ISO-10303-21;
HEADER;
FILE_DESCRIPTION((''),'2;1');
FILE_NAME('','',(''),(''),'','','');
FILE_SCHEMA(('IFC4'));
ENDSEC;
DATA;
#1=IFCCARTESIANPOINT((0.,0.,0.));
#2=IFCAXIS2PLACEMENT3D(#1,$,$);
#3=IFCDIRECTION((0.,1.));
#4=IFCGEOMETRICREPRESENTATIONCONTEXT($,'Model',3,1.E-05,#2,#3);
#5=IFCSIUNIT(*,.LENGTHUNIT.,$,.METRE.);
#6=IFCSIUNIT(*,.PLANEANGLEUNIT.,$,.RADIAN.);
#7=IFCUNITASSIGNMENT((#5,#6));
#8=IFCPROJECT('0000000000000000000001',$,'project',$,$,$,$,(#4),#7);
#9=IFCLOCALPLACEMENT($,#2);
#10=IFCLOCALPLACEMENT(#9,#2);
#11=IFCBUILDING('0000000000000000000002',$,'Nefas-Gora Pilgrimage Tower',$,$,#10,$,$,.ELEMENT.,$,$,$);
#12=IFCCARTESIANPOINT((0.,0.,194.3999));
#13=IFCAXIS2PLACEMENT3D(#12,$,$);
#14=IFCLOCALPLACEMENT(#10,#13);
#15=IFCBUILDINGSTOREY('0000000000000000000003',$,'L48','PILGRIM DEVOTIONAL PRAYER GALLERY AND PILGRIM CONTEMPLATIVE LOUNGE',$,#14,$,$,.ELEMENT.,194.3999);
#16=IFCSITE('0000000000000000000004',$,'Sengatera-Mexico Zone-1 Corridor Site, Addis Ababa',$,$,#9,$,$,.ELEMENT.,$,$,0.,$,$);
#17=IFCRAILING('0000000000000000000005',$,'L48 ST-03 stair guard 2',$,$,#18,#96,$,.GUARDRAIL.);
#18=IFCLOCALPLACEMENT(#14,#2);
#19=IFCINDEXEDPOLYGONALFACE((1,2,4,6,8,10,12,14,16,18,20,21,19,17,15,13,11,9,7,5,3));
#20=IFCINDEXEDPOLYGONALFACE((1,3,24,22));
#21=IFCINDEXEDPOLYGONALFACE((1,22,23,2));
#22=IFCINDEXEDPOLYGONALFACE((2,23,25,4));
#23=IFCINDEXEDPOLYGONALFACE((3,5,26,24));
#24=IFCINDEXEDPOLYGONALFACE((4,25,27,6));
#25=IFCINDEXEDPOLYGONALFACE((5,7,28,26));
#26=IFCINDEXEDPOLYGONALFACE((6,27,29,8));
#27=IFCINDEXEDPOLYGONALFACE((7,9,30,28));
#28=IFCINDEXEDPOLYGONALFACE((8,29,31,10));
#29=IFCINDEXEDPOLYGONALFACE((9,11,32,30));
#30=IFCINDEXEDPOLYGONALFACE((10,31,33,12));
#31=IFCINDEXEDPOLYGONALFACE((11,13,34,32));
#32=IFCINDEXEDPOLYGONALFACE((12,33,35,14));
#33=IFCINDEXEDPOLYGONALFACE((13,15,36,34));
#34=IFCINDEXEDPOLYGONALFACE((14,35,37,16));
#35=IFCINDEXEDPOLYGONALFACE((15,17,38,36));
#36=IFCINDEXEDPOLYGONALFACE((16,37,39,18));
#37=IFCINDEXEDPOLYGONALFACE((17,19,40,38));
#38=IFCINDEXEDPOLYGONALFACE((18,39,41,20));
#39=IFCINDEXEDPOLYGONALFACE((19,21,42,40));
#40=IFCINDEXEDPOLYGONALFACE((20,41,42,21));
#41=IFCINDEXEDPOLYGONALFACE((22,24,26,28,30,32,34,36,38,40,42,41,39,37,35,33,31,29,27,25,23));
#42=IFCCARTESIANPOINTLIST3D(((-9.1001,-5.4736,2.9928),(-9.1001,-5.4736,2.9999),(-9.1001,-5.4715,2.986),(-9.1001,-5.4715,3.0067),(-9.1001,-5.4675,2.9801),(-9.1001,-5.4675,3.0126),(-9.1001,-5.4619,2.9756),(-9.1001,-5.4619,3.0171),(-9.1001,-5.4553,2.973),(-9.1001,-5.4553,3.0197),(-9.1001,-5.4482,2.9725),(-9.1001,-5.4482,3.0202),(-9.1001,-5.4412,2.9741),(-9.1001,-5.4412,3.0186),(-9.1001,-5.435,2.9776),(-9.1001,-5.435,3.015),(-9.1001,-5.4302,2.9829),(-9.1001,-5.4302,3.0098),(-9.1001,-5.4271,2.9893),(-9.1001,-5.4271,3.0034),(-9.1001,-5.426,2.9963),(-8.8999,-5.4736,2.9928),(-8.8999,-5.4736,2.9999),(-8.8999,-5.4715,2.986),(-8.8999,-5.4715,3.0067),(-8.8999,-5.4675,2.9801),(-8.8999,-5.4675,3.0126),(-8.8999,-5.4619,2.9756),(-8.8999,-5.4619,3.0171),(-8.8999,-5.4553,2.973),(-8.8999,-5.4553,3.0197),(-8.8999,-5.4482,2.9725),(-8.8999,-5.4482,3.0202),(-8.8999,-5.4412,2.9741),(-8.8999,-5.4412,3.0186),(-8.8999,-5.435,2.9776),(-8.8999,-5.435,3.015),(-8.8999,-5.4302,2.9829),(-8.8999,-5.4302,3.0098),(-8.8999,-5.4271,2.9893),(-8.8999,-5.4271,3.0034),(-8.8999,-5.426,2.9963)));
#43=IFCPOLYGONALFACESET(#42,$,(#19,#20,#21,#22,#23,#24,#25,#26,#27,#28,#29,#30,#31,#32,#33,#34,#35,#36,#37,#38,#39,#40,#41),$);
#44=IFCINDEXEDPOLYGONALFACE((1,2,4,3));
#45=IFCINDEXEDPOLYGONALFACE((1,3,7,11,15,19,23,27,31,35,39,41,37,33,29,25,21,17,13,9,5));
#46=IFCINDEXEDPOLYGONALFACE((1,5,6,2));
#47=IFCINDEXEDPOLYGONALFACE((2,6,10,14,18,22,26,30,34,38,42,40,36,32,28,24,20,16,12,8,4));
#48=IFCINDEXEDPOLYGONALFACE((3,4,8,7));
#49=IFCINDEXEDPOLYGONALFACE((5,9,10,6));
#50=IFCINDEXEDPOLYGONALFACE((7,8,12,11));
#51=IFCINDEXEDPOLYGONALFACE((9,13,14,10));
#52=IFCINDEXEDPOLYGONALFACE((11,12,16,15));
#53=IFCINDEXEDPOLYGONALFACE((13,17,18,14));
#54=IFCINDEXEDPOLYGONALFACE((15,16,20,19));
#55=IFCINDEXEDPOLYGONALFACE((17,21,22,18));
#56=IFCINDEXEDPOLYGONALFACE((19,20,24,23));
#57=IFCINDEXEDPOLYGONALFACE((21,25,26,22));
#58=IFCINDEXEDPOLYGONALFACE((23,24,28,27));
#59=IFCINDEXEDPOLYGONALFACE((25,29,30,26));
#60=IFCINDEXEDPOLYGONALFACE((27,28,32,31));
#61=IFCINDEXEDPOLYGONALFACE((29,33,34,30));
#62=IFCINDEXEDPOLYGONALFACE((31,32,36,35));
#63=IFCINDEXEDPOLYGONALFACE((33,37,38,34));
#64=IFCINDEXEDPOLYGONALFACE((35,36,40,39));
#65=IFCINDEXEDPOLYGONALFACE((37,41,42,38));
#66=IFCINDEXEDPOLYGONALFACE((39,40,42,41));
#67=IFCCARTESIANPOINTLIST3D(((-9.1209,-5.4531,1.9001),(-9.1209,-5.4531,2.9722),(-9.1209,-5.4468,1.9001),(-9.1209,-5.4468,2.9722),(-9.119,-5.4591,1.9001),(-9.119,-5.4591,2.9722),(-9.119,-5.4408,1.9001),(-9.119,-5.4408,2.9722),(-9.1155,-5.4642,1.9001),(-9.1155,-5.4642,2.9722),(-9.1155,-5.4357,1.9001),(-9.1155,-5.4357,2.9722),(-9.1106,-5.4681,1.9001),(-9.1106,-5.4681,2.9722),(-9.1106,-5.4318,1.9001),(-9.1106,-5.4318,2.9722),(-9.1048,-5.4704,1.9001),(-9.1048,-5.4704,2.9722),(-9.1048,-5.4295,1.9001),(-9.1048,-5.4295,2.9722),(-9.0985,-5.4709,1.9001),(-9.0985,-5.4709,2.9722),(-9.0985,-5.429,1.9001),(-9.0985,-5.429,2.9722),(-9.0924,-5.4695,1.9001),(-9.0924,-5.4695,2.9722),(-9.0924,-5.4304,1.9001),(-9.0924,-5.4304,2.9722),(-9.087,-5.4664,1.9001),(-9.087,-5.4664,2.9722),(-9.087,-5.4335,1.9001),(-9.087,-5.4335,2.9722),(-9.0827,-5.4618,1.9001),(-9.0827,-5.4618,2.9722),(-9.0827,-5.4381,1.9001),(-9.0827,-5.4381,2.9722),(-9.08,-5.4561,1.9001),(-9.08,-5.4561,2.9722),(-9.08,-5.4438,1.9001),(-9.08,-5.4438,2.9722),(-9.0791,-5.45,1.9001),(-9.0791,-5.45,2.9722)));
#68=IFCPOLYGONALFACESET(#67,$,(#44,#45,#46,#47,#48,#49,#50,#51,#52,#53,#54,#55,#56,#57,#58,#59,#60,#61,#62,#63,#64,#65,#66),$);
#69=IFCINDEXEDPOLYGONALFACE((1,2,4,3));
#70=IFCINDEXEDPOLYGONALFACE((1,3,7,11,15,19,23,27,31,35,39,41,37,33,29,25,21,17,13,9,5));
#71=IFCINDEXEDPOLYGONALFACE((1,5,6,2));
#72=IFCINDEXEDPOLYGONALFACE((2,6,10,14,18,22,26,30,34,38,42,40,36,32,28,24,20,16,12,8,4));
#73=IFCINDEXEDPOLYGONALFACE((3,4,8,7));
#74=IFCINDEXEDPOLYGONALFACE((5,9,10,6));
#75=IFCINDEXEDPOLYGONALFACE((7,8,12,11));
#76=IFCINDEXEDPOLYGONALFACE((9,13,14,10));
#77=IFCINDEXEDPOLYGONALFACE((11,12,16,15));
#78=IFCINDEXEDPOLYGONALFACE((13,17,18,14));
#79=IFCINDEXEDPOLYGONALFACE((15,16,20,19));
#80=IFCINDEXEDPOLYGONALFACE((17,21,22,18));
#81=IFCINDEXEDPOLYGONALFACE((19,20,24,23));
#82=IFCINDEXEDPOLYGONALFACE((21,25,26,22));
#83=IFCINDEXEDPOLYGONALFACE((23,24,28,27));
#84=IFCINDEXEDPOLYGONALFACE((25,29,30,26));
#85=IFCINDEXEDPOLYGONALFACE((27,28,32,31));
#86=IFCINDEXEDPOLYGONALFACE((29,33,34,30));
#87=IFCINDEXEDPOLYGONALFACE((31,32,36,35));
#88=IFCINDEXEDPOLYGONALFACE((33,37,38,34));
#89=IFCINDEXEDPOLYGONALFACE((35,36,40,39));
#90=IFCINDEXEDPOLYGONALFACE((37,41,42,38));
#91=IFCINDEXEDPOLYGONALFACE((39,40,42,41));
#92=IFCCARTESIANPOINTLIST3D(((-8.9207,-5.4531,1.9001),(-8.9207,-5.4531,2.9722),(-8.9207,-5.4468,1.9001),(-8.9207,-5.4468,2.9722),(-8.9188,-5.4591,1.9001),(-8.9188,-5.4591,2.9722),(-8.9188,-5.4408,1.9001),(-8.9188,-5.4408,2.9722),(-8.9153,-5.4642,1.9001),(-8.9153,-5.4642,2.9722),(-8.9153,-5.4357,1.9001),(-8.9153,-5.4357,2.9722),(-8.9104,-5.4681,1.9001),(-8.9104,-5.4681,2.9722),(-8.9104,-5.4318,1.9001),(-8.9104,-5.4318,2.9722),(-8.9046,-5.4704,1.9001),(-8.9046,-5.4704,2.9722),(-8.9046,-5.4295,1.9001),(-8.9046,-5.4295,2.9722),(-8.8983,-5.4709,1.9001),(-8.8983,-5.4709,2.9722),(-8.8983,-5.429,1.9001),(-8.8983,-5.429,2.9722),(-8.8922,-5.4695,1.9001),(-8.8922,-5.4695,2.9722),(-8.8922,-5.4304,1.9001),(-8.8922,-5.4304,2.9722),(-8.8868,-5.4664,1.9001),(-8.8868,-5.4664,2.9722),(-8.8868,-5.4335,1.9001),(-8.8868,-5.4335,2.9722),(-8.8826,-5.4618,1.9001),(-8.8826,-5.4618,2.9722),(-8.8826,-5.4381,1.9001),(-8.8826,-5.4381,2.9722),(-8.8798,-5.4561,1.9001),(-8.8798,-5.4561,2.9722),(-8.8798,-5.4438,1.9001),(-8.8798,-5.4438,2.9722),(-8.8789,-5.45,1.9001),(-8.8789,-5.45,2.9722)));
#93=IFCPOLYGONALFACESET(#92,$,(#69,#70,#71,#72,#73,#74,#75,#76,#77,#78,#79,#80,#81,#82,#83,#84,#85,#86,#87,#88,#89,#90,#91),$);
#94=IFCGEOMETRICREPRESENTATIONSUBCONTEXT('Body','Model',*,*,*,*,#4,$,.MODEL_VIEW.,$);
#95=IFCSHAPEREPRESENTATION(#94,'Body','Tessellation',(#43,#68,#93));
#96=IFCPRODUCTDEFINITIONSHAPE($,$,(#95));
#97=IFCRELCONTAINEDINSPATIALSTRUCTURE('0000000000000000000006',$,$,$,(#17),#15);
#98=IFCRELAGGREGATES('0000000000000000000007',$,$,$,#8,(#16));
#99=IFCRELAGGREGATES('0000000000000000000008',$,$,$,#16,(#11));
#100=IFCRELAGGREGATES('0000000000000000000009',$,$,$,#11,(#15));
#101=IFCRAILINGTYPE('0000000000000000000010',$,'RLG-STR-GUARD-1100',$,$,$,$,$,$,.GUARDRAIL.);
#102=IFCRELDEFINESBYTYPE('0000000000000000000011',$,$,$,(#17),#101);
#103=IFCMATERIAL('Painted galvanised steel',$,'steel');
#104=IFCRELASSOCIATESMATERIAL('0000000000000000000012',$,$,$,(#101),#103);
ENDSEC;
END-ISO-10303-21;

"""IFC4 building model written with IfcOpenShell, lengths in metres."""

from ifc_helpers import new_model, si_unit, direction, frame, origin, origin_2d, place, context, subcontext, project, spatial, circle, extrude, material, type_object, element, save


model = new_model("IFC4")

# Units and contexts
model_context = context("Model", 3, precision=1e-05, world=origin(), true_north=direction((0.0, 1.0)))
body_context = subcontext(model_context, "Body", "Model", "MODEL_VIEW")
ifc_project = project(units=[si_unit("LENGTHUNIT", "METRE"), si_unit("PLANEANGLEUNIT", "RADIAN")], contexts=[model_context])

# Site, building, storey
site_placement = place(None, origin())
site = spatial("IfcSite", under=ifc_project, at=site_placement, Name="Sengatera-Mexico Zone-1 Corridor Site, Addis Ababa", CompositionType="ELEMENT", RefElevation=0.0)
building_placement = place(site_placement, origin())
building = spatial("IfcBuilding", under=site, at=building_placement, Name="Nefas-Gora Pilgrimage Tower", CompositionType="ELEMENT")
storey_placement = place(building_placement, frame((0.0, 0.0, 194.3999)))
storey = spatial("IfcBuildingStorey", under=building, at=storey_placement, Name="L48", Description="PILGRIM DEVOTIONAL PRAYER GALLERY AND PILGRIM CONTEMPLATIVE LOUNGE", CompositionType="ELEMENT", Elevation=194.3999)

# Railing
ifc_material_1 = material(Name="Painted galvanised steel", Category="steel")
railing_type_1 = type_object("IfcRailingType", Name="RLG-STR-GUARD-1100", PredefinedType="GUARDRAIL", material=ifc_material_1)
railing_1_placement = place(storey_placement, frame((-9.1001, -5.45, 1.9001)))
element("IfcRailing", 1, at=railing_1_placement, inside=storey, type_object=railing_type_1, Name="L48 ST-03 stair guard 2", PredefinedType="GUARDRAIL", context=body_context, shape_type="SweptSolid", body=[
    extrude(circle(Radius=0.0239, at=origin_2d()), frame((0.0, 0.0, 1.0962), z_axis=(1.0, 0.0, 0.0), x_axis=(0.0, 1.0, 0.0)), (0.0, 0.0, 1.0), 0.2002),
    extrude(circle(Radius=0.021, at=origin_2d()), origin(), (0.0, 0.0, 1.0), 1.072),
    extrude(circle(Radius=0.021, at=origin_2d()), frame((0.2002, 0.0, 0.0)), (0.0, 0.0, 1.0), 1.072),
])

save(model, "model.ifc")
